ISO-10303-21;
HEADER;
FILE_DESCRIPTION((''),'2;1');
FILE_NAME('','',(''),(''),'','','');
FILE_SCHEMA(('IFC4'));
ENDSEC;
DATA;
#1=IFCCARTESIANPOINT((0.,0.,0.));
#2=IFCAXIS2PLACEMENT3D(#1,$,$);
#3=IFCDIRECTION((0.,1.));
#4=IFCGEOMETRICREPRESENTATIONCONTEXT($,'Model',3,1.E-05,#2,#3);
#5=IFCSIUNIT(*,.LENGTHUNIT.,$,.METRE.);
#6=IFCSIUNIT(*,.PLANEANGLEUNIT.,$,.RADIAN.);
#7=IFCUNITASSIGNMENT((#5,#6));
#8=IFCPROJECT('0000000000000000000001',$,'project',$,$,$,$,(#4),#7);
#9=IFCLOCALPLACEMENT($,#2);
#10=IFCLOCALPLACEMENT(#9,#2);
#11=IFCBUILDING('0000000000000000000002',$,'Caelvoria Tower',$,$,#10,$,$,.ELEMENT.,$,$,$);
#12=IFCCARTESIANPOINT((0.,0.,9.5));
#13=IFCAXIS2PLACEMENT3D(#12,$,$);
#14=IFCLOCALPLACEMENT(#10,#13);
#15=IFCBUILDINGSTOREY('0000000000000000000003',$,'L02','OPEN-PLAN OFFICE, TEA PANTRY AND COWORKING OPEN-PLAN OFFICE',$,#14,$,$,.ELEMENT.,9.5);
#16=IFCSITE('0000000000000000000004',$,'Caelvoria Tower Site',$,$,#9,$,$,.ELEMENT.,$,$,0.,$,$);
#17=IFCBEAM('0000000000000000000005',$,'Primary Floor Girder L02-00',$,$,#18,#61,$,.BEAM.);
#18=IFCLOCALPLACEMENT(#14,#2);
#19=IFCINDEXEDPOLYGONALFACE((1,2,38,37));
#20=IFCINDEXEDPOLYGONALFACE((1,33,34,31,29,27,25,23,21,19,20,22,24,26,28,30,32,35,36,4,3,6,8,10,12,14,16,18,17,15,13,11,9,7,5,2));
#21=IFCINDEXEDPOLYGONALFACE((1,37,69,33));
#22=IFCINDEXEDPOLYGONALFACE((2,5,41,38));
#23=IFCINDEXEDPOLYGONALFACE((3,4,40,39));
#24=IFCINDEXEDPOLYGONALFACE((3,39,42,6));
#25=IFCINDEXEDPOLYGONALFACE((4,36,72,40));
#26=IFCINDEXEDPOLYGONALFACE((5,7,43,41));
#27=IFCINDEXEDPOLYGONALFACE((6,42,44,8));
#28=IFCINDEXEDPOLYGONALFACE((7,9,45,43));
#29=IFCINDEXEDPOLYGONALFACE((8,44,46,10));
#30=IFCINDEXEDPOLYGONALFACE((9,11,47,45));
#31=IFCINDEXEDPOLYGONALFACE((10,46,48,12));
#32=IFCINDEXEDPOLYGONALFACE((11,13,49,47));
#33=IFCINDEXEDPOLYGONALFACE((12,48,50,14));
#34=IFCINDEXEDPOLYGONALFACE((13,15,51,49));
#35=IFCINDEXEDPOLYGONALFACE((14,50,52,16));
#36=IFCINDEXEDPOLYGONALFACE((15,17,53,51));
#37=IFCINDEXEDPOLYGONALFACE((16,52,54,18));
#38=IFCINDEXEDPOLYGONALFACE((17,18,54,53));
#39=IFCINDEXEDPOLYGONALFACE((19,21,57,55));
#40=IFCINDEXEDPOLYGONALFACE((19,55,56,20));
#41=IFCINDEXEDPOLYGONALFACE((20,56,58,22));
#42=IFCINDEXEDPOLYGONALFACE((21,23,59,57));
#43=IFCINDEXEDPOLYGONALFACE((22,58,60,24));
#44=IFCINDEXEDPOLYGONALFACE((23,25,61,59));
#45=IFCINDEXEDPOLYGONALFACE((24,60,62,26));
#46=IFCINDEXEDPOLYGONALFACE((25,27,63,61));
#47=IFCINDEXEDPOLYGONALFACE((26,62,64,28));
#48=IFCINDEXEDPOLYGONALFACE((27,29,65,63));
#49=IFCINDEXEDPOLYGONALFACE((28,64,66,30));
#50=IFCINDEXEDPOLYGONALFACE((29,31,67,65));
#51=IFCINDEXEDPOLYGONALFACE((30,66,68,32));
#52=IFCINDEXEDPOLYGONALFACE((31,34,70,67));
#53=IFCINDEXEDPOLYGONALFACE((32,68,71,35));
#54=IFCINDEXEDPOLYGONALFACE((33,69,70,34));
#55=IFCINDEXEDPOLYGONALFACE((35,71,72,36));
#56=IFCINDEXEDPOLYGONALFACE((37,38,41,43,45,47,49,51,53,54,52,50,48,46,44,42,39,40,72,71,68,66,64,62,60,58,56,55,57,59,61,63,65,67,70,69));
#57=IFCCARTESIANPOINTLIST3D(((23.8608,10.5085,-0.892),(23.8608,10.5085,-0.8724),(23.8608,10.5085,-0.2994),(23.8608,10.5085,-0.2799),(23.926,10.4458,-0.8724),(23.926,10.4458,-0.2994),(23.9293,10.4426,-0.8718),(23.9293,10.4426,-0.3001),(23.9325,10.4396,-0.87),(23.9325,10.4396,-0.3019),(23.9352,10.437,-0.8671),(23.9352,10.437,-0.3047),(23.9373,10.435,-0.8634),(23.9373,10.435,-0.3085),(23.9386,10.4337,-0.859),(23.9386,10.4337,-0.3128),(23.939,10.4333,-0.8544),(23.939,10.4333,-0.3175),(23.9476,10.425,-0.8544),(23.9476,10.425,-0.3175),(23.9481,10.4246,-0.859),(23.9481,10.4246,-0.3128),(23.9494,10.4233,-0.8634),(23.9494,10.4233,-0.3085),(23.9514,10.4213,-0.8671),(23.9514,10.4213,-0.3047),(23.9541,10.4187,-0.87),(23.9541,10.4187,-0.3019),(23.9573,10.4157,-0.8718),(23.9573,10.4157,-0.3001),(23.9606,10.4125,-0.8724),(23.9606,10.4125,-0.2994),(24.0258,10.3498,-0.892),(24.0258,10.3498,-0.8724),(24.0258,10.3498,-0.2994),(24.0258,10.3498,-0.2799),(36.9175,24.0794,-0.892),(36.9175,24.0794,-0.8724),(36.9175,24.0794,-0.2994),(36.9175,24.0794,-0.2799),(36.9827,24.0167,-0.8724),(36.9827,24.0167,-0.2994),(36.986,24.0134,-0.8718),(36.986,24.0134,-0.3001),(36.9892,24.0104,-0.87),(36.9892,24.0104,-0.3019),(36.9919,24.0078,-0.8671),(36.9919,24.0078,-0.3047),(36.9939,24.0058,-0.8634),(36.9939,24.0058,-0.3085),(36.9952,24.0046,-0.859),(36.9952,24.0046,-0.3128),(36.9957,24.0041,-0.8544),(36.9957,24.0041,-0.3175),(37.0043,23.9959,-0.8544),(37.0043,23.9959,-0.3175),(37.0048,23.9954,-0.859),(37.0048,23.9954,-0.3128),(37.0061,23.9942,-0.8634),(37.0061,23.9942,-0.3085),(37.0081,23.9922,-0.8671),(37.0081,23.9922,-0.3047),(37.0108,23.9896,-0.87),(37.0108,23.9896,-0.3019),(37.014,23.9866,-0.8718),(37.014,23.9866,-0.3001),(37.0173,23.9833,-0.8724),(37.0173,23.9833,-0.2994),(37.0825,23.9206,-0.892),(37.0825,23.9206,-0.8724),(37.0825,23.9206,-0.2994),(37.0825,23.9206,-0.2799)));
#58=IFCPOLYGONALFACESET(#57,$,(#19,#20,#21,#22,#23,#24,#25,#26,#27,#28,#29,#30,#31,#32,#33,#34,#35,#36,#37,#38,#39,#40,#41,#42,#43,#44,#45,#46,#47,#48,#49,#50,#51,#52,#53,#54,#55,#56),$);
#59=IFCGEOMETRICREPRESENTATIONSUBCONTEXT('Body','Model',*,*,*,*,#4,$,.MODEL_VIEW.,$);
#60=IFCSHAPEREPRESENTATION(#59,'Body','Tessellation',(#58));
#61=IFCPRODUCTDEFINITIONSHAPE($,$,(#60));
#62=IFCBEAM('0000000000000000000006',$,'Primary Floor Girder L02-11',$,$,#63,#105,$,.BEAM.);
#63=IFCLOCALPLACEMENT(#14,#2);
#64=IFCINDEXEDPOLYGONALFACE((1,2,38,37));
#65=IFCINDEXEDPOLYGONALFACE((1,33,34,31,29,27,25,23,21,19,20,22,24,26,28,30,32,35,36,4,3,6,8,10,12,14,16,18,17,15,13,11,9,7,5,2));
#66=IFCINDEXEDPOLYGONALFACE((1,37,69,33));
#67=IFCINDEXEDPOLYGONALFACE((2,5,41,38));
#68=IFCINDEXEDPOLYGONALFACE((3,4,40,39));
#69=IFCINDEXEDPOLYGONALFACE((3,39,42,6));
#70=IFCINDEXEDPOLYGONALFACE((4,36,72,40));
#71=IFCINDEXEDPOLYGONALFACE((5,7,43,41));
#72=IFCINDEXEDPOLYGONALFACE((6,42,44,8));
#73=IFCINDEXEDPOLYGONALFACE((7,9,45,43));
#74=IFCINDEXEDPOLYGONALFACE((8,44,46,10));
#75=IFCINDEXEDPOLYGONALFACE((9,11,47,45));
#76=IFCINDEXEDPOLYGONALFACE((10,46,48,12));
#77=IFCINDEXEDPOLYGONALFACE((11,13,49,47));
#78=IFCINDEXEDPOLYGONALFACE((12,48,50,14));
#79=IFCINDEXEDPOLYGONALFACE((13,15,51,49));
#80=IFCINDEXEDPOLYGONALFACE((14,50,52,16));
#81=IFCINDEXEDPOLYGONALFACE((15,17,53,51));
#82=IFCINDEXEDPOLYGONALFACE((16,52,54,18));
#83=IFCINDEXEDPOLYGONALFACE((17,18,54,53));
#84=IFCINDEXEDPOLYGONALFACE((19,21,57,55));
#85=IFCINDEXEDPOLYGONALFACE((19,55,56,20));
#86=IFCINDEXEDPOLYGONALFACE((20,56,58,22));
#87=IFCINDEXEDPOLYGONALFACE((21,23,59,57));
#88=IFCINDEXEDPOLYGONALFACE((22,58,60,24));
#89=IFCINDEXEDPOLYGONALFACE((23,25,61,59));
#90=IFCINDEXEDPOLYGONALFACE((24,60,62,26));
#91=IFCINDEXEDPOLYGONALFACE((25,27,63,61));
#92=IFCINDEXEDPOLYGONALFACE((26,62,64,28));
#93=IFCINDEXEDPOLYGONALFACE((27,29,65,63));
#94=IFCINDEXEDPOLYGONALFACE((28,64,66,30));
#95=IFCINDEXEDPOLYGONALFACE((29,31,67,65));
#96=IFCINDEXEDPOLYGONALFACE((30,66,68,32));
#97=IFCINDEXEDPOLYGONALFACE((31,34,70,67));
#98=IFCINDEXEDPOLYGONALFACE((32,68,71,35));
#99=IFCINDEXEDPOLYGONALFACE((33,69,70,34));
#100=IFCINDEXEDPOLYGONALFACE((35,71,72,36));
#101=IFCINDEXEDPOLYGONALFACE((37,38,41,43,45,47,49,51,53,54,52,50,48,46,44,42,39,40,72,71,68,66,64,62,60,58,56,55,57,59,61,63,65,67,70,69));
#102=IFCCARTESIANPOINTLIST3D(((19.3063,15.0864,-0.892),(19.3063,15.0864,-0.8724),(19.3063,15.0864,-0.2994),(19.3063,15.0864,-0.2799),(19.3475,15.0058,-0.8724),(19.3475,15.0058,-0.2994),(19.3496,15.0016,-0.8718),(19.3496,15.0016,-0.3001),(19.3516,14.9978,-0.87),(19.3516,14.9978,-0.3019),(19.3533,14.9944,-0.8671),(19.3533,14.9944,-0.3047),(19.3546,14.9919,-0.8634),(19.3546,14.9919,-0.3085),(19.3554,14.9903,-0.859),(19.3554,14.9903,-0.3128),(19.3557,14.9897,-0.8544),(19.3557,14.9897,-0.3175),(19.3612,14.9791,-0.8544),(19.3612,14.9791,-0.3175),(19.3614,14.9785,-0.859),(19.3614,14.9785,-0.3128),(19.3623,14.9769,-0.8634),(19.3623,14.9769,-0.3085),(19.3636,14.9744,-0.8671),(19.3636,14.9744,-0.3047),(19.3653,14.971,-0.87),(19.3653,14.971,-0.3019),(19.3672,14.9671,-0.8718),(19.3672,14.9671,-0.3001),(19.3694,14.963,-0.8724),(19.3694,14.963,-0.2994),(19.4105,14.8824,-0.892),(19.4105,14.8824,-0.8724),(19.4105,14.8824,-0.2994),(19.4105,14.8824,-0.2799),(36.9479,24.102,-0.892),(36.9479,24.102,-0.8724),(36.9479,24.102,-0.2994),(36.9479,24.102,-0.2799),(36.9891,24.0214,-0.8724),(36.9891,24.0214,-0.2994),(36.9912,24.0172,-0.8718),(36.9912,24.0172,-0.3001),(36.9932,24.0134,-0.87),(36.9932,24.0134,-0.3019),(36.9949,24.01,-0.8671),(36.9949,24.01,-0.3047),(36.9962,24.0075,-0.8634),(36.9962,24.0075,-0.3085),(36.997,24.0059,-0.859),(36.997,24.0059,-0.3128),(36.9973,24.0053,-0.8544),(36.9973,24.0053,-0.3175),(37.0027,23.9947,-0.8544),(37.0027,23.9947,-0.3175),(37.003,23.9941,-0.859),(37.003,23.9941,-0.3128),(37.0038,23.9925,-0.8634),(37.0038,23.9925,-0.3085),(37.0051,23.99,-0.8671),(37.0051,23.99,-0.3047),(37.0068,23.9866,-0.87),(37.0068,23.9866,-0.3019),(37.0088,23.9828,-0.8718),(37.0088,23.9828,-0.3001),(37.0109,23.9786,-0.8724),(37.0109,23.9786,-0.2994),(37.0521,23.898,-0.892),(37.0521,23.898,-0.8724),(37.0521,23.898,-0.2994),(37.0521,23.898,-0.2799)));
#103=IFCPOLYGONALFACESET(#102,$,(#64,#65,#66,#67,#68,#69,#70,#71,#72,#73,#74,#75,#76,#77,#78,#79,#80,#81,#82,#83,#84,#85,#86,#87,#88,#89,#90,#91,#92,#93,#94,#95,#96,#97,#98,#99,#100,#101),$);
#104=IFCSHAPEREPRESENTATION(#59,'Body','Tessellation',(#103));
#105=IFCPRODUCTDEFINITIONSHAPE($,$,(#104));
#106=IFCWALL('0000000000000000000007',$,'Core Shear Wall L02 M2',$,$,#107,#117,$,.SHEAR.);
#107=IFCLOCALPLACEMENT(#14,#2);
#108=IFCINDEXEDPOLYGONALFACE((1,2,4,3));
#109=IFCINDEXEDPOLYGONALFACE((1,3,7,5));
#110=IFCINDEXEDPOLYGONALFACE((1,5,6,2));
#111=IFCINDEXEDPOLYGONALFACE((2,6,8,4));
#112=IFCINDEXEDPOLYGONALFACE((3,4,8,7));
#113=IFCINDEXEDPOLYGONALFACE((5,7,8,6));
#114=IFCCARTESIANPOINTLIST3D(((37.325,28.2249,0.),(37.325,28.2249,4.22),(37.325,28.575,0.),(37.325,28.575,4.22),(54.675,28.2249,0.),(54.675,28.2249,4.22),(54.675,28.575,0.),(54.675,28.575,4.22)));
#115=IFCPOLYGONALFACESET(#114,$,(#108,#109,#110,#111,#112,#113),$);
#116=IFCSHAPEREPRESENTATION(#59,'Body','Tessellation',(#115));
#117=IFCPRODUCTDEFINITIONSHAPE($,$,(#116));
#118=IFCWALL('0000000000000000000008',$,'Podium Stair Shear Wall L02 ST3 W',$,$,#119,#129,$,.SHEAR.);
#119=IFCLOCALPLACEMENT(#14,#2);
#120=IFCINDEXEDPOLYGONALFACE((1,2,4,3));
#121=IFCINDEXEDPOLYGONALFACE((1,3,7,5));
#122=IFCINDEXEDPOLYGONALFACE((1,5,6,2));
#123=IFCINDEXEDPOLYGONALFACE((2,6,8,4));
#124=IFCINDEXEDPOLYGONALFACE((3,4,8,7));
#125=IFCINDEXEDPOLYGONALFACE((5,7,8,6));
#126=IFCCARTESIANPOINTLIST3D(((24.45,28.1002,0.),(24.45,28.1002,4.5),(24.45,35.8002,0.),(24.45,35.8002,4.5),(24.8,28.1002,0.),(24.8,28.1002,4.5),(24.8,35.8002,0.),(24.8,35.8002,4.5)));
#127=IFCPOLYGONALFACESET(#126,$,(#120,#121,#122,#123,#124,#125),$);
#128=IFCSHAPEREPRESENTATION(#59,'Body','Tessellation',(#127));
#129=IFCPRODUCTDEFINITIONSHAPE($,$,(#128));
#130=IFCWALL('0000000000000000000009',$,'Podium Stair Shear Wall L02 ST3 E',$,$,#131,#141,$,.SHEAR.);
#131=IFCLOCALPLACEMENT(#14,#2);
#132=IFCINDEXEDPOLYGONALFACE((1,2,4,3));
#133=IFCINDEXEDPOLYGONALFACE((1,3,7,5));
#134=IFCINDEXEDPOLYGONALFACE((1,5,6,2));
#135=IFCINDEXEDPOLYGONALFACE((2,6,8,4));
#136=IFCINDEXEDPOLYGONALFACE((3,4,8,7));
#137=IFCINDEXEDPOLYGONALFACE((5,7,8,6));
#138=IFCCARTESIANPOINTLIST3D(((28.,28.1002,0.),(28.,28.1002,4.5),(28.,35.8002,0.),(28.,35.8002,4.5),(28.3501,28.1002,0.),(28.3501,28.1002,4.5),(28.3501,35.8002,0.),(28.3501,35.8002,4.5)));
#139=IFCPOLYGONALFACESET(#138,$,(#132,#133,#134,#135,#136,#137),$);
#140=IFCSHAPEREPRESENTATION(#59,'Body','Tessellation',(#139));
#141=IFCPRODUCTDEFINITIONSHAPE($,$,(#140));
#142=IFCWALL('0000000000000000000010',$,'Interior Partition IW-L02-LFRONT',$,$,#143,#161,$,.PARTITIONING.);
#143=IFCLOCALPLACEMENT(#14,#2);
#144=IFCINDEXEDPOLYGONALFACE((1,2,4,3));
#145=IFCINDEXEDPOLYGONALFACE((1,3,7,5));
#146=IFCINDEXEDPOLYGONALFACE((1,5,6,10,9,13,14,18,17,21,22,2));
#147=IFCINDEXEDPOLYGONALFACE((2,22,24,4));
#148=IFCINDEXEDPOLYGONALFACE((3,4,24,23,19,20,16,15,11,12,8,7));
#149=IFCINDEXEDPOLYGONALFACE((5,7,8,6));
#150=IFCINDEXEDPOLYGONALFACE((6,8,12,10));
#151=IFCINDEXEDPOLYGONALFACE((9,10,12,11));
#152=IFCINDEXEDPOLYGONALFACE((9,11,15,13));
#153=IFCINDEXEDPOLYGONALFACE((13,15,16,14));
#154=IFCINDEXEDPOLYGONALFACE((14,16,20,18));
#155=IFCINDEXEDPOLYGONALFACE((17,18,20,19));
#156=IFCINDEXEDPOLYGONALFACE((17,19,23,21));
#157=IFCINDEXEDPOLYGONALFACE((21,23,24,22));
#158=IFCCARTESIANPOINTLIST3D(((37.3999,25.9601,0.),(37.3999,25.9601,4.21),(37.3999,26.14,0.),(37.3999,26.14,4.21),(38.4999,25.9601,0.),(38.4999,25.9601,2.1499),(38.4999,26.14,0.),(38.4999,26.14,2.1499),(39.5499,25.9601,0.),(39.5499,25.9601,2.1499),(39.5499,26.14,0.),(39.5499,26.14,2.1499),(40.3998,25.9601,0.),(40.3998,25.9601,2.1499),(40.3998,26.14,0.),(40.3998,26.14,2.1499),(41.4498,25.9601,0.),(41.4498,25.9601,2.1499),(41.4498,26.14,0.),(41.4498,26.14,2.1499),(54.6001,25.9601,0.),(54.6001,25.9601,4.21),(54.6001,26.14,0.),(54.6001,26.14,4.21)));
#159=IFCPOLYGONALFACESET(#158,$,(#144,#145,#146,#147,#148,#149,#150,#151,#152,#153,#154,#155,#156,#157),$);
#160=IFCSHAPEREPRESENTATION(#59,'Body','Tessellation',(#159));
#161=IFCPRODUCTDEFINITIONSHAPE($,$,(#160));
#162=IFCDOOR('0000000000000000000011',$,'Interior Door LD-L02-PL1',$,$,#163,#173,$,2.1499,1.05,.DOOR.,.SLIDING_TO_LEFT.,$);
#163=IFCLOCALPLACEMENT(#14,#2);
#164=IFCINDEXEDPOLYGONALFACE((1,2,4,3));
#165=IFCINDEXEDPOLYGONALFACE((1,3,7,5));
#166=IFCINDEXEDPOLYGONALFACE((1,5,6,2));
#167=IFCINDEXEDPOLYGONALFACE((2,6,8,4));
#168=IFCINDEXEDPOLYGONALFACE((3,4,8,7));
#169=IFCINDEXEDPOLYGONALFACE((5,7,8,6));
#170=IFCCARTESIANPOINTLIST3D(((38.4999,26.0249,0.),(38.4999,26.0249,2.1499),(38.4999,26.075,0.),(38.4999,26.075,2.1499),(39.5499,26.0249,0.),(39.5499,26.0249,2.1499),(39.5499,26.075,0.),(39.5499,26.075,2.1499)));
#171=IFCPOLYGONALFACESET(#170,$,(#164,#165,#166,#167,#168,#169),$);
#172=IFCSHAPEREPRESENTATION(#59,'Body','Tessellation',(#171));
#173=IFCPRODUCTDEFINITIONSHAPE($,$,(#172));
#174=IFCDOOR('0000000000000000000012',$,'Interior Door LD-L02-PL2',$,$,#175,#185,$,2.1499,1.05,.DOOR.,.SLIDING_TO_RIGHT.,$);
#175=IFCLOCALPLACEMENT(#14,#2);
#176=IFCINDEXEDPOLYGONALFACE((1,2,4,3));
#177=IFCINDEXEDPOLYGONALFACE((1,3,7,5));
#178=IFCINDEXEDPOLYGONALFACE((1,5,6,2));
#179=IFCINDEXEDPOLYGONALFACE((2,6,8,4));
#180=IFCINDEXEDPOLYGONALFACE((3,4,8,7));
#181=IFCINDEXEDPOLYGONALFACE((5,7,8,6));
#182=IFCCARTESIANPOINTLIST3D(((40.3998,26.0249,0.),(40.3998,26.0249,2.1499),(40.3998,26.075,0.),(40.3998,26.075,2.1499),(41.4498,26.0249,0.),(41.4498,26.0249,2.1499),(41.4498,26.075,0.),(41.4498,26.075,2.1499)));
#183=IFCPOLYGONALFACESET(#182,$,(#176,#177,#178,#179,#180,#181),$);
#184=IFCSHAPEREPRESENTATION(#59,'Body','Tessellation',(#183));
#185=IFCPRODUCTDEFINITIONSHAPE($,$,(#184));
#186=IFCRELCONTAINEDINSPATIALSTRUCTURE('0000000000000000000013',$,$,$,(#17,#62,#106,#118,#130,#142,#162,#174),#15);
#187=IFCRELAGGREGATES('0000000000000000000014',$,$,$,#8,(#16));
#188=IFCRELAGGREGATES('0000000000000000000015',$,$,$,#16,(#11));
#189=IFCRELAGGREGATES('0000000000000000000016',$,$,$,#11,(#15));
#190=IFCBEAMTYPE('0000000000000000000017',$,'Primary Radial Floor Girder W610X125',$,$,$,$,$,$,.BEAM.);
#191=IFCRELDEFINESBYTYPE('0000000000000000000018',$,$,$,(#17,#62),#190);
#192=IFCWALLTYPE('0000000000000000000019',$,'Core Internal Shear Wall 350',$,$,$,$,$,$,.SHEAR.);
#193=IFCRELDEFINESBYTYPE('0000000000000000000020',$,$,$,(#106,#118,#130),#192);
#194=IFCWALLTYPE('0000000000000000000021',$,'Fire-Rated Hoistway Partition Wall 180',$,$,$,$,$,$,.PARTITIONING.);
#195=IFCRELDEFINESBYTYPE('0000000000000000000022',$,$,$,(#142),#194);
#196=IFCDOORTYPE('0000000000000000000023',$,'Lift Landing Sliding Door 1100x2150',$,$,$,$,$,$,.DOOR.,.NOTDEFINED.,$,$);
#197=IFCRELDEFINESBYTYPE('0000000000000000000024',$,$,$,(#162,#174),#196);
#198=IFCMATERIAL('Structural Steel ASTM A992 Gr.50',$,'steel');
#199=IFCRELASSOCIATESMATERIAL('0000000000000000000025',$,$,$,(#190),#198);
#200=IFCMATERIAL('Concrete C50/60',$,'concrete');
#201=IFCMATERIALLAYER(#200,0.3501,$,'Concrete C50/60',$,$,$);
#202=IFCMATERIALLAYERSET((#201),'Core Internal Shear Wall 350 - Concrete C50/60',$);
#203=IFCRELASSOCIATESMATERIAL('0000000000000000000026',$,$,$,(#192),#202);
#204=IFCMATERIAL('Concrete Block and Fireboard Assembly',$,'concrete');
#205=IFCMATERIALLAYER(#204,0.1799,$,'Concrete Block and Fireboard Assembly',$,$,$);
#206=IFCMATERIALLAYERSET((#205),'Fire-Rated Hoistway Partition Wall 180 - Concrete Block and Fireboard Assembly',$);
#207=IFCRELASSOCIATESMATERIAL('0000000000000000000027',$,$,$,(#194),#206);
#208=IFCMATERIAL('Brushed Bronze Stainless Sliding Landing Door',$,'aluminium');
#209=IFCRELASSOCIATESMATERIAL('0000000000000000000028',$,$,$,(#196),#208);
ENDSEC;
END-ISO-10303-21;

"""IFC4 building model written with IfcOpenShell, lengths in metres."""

from ifc_helpers import new_model, si_unit, direction, frame, frame_2d, origin, origin_2d, place, context, subcontext, project, spatial, rectangle, i_section, extrude, material, layer, layer_set, material_profile, profile_set, type_object, element, fill, save


model = new_model("IFC4")

# Units and contexts
model_context = context("Model", 3, precision=1e-05, world=origin(), true_north=direction((0.0, 1.0)))
body_context = subcontext(model_context, "Body", "Model", "MODEL_VIEW")
ifc_project = project(units=[si_unit("LENGTHUNIT", "METRE"), si_unit("PLANEANGLEUNIT", "RADIAN")], contexts=[model_context])

# Site, building, storey
site_placement = place(None, origin())
site = spatial("IfcSite", under=ifc_project, at=site_placement, Name="Caelvoria Tower Site", CompositionType="ELEMENT", RefElevation=0.0)
building_placement = place(site_placement, origin())
building = spatial("IfcBuilding", under=site, at=building_placement, Name="Caelvoria Tower", CompositionType="ELEMENT")
storey_placement = place(building_placement, frame((0.0, 0.0, 9.5)))
storey = spatial("IfcBuildingStorey", under=building, at=storey_placement, Name="L02", Description="OPEN-PLAN OFFICE, TEA PANTRY AND COWORKING OPEN-PLAN OFFICE", CompositionType="ELEMENT", Elevation=9.5)

# Beams
ifc_material_1 = material(Name="Structural Steel ASTM A992 Gr.50", Category="steel")
ifc_material_profile = material_profile(ifc_material_1, i_section(OverallWidth=0.229, OverallDepth=0.6121, WebThickness=0.012, FlangeThickness=0.0195, FilletRadius=0.0181, at=origin_2d()), Name="Structural Steel ASTM A992 Gr.50")
ifc_profile_set = profile_set([ifc_material_profile], Name="W610X125 - Structural Steel ASTM A992 Gr.50")
beam_type = type_object("IfcBeamType", Name="Primary Radial Floor Girder W610X125", PredefinedType="BEAM", material=ifc_profile_set)
beam_1_placement = place(storey_placement, frame((37.0, 24.0, -0.5859), z_axis=(-0.693324, -0.720626, 0.0), x_axis=(0.720626, -0.693324, 0.0)))
element("IfcBeam", 1, at=beam_1_placement, inside=storey, type_object=beam_type, Name="Primary Floor Girder L02-00", PredefinedType="BEAM", context=body_context, shape_type="SweptSolid", body=[
    extrude(i_section(OverallWidth=0.229, OverallDepth=0.6121, WebThickness=0.012, FlangeThickness=0.0195, FilletRadius=0.0181, at=origin_2d()), origin(), (0.0, 0.0, 1.0), 18.832),
])
beam_2_placement = place(storey_placement, frame((37.0, 24.0, -0.5859), z_axis=(-0.890459, -0.455063, 0.0), x_axis=(0.455063, -0.890459, 0.0)))
element("IfcBeam", 2, at=beam_2_placement, inside=storey, type_object=beam_type, Name="Primary Floor Girder L02-11", PredefinedType="BEAM", context=body_context, shape_type="SweptSolid", body=[
    extrude(i_section(OverallWidth=0.229, OverallDepth=0.6121, WebThickness=0.012, FlangeThickness=0.0195, FilletRadius=0.0181, at=origin_2d()), origin(), (0.0, 0.0, 1.0), 19.8118),
])

# Wall
ifc_material_2 = material(Name="Concrete C50/60", Category="concrete")
ifc_layer_1 = layer(ifc_material_2, 0.3501, Name="Concrete C50/60")
ifc_layer_set_1 = layer_set([ifc_layer_1], Name="Core Internal Shear Wall 350 - Concrete C50/60")
wall_type_1 = type_object("IfcWallType", Name="Core Internal Shear Wall 350", PredefinedType="SHEAR", material=ifc_layer_set_1)
wall_1_placement = place(storey_placement, frame((37.325, 28.3999, 0.0), z_axis=(0.0, 0.0, 1.0), x_axis=(1.0, 0.0, 0.0)))
element("IfcWall", 3, at=wall_1_placement, inside=storey, type_object=wall_type_1, Name="Core Shear Wall L02 M2", PredefinedType="SHEAR", context=body_context, shape_type="SweptSolid", body=[
    extrude(rectangle(XDim=17.3501, YDim=0.3501, at=frame_2d((8.675, 0.0))), origin(), (0.0, 0.0, 1.0), 4.22),
])

# Walls
for number, where, z_axis, x_axis, name in (
    (4, (24.625, 28.1001, 0.0), (0.0, 0.0, 1.0), (0.0, 1.0, 0.0), "Podium Stair Shear Wall L02 ST3 W"),
    (5, (28.175, 28.1001, 0.0), (0.0, 0.0, 1.0), (0.0, 1.0, 0.0), "Podium Stair Shear Wall L02 ST3 E"),
):
    element("IfcWall", number, at=place(storey_placement, frame(where, z_axis=z_axis, x_axis=x_axis)), inside=storey, type_object=wall_type_1, Name=name, PredefinedType="SHEAR", context=body_context, shape_type="SweptSolid", body=[
        extrude(rectangle(XDim=7.7, YDim=0.3501, at=frame_2d((3.8501, 0.0))), origin(), (0.0, 0.0, 1.0), 4.5),
    ])

# Wall, openings, doors
ifc_material_3 = material(Name="Concrete Block and Fireboard Assembly", Category="concrete")
ifc_layer_2 = layer(ifc_material_3, 0.1799, Name="Concrete Block and Fireboard Assembly")
ifc_layer_set_2 = layer_set([ifc_layer_2], Name="Fire-Rated Hoistway Partition Wall 180 - Concrete Block and Fireboard Assembly")
wall_type_2 = type_object("IfcWallType", Name="Fire-Rated Hoistway Partition Wall 180", PredefinedType="PARTITIONING", material=ifc_layer_set_2)
wall_2_placement = place(storey_placement, frame((37.3999, 26.05, 0.0), z_axis=(0.0, 0.0, 1.0), x_axis=(1.0, 0.0, 0.0)))
wall_2 = element("IfcWall", 6, at=wall_2_placement, inside=storey, type_object=wall_type_2, Name="Interior Partition IW-L02-LFRONT", PredefinedType="PARTITIONING", context=body_context, shape_type="SweptSolid", body=[
    extrude(rectangle(XDim=17.2002, YDim=0.1799, at=frame_2d((8.6001, 0.0))), origin(), (0.0, 0.0, 1.0), 4.21),
])
opening_1_placement = place(wall_2_placement, frame((1.1001, 0.0, 0.0)))
opening_1 = element("IfcOpeningElement", 7, at=opening_1_placement, cuts=wall_2, PredefinedType="OPENING", context=body_context, shape_type="SweptSolid", body=[
    extrude(rectangle(XDim=1.05, YDim=2.1499, at=frame_2d((0.5249, 1.075))), frame((0.0, 0.0999, 0.0), z_axis=(0.0, -1.0, 0.0), x_axis=(1.0, 0.0, 0.0)), (0.0, 0.0, 1.0), 0.2),
])
opening_2_placement = place(wall_2_placement, frame((3.0, 0.0, 0.0)))
opening_2 = element("IfcOpeningElement", 8, at=opening_2_placement, cuts=wall_2, PredefinedType="OPENING", context=body_context, shape_type="SweptSolid", body=[
    extrude(rectangle(XDim=1.05, YDim=2.1499, at=frame_2d((0.5249, 1.075))), frame((0.0, 0.0999, 0.0), z_axis=(0.0, -1.0, 0.0), x_axis=(1.0, 0.0, 0.0)), (0.0, 0.0, 1.0), 0.2),
])
ifc_material_4 = material(Name="Brushed Bronze Stainless Sliding Landing Door", Category="aluminium")
door_type_1 = type_object("IfcDoorType", Name="Lift Landing Sliding Door 1100x2150", OperationType="NOTDEFINED", PredefinedType="DOOR", material=ifc_material_4)
door_1_placement = place(opening_1_placement, origin())
door_1 = element("IfcDoor", 9, at=door_1_placement, inside=storey, type_object=door_type_1, Name="Interior Door LD-L02-PL1", OperationType="SLIDING_TO_LEFT", OverallHeight=2.1499, OverallWidth=1.05, PredefinedType="DOOR", context=body_context, shape_type="SweptSolid", body=[
    extrude(rectangle(XDim=1.05, YDim=2.1499, at=frame_2d((0.5249, 1.075))), frame((0.0, 0.0249, 0.0), z_axis=(0.0, -1.0, 0.0), x_axis=(1.0, 0.0, 0.0)), (0.0, 0.0, 1.0), 0.05),
])
fill(opening_1, door_1)
door_2_placement = place(opening_2_placement, origin())
door_2 = element("IfcDoor", 10, at=door_2_placement, inside=storey, type_object=door_type_1, Name="Interior Door LD-L02-PL2", OperationType="SLIDING_TO_RIGHT", OverallHeight=2.1499, OverallWidth=1.05, PredefinedType="DOOR", context=body_context, shape_type="SweptSolid", body=[
    extrude(rectangle(XDim=1.05, YDim=2.1499, at=frame_2d((0.5249, 1.075))), frame((0.0, 0.0249, 0.0), z_axis=(0.0, -1.0, 0.0), x_axis=(1.0, 0.0, 0.0)), (0.0, 0.0, 1.0), 0.05),
])
fill(opening_2, door_2)

save(model, "model.ifc")
